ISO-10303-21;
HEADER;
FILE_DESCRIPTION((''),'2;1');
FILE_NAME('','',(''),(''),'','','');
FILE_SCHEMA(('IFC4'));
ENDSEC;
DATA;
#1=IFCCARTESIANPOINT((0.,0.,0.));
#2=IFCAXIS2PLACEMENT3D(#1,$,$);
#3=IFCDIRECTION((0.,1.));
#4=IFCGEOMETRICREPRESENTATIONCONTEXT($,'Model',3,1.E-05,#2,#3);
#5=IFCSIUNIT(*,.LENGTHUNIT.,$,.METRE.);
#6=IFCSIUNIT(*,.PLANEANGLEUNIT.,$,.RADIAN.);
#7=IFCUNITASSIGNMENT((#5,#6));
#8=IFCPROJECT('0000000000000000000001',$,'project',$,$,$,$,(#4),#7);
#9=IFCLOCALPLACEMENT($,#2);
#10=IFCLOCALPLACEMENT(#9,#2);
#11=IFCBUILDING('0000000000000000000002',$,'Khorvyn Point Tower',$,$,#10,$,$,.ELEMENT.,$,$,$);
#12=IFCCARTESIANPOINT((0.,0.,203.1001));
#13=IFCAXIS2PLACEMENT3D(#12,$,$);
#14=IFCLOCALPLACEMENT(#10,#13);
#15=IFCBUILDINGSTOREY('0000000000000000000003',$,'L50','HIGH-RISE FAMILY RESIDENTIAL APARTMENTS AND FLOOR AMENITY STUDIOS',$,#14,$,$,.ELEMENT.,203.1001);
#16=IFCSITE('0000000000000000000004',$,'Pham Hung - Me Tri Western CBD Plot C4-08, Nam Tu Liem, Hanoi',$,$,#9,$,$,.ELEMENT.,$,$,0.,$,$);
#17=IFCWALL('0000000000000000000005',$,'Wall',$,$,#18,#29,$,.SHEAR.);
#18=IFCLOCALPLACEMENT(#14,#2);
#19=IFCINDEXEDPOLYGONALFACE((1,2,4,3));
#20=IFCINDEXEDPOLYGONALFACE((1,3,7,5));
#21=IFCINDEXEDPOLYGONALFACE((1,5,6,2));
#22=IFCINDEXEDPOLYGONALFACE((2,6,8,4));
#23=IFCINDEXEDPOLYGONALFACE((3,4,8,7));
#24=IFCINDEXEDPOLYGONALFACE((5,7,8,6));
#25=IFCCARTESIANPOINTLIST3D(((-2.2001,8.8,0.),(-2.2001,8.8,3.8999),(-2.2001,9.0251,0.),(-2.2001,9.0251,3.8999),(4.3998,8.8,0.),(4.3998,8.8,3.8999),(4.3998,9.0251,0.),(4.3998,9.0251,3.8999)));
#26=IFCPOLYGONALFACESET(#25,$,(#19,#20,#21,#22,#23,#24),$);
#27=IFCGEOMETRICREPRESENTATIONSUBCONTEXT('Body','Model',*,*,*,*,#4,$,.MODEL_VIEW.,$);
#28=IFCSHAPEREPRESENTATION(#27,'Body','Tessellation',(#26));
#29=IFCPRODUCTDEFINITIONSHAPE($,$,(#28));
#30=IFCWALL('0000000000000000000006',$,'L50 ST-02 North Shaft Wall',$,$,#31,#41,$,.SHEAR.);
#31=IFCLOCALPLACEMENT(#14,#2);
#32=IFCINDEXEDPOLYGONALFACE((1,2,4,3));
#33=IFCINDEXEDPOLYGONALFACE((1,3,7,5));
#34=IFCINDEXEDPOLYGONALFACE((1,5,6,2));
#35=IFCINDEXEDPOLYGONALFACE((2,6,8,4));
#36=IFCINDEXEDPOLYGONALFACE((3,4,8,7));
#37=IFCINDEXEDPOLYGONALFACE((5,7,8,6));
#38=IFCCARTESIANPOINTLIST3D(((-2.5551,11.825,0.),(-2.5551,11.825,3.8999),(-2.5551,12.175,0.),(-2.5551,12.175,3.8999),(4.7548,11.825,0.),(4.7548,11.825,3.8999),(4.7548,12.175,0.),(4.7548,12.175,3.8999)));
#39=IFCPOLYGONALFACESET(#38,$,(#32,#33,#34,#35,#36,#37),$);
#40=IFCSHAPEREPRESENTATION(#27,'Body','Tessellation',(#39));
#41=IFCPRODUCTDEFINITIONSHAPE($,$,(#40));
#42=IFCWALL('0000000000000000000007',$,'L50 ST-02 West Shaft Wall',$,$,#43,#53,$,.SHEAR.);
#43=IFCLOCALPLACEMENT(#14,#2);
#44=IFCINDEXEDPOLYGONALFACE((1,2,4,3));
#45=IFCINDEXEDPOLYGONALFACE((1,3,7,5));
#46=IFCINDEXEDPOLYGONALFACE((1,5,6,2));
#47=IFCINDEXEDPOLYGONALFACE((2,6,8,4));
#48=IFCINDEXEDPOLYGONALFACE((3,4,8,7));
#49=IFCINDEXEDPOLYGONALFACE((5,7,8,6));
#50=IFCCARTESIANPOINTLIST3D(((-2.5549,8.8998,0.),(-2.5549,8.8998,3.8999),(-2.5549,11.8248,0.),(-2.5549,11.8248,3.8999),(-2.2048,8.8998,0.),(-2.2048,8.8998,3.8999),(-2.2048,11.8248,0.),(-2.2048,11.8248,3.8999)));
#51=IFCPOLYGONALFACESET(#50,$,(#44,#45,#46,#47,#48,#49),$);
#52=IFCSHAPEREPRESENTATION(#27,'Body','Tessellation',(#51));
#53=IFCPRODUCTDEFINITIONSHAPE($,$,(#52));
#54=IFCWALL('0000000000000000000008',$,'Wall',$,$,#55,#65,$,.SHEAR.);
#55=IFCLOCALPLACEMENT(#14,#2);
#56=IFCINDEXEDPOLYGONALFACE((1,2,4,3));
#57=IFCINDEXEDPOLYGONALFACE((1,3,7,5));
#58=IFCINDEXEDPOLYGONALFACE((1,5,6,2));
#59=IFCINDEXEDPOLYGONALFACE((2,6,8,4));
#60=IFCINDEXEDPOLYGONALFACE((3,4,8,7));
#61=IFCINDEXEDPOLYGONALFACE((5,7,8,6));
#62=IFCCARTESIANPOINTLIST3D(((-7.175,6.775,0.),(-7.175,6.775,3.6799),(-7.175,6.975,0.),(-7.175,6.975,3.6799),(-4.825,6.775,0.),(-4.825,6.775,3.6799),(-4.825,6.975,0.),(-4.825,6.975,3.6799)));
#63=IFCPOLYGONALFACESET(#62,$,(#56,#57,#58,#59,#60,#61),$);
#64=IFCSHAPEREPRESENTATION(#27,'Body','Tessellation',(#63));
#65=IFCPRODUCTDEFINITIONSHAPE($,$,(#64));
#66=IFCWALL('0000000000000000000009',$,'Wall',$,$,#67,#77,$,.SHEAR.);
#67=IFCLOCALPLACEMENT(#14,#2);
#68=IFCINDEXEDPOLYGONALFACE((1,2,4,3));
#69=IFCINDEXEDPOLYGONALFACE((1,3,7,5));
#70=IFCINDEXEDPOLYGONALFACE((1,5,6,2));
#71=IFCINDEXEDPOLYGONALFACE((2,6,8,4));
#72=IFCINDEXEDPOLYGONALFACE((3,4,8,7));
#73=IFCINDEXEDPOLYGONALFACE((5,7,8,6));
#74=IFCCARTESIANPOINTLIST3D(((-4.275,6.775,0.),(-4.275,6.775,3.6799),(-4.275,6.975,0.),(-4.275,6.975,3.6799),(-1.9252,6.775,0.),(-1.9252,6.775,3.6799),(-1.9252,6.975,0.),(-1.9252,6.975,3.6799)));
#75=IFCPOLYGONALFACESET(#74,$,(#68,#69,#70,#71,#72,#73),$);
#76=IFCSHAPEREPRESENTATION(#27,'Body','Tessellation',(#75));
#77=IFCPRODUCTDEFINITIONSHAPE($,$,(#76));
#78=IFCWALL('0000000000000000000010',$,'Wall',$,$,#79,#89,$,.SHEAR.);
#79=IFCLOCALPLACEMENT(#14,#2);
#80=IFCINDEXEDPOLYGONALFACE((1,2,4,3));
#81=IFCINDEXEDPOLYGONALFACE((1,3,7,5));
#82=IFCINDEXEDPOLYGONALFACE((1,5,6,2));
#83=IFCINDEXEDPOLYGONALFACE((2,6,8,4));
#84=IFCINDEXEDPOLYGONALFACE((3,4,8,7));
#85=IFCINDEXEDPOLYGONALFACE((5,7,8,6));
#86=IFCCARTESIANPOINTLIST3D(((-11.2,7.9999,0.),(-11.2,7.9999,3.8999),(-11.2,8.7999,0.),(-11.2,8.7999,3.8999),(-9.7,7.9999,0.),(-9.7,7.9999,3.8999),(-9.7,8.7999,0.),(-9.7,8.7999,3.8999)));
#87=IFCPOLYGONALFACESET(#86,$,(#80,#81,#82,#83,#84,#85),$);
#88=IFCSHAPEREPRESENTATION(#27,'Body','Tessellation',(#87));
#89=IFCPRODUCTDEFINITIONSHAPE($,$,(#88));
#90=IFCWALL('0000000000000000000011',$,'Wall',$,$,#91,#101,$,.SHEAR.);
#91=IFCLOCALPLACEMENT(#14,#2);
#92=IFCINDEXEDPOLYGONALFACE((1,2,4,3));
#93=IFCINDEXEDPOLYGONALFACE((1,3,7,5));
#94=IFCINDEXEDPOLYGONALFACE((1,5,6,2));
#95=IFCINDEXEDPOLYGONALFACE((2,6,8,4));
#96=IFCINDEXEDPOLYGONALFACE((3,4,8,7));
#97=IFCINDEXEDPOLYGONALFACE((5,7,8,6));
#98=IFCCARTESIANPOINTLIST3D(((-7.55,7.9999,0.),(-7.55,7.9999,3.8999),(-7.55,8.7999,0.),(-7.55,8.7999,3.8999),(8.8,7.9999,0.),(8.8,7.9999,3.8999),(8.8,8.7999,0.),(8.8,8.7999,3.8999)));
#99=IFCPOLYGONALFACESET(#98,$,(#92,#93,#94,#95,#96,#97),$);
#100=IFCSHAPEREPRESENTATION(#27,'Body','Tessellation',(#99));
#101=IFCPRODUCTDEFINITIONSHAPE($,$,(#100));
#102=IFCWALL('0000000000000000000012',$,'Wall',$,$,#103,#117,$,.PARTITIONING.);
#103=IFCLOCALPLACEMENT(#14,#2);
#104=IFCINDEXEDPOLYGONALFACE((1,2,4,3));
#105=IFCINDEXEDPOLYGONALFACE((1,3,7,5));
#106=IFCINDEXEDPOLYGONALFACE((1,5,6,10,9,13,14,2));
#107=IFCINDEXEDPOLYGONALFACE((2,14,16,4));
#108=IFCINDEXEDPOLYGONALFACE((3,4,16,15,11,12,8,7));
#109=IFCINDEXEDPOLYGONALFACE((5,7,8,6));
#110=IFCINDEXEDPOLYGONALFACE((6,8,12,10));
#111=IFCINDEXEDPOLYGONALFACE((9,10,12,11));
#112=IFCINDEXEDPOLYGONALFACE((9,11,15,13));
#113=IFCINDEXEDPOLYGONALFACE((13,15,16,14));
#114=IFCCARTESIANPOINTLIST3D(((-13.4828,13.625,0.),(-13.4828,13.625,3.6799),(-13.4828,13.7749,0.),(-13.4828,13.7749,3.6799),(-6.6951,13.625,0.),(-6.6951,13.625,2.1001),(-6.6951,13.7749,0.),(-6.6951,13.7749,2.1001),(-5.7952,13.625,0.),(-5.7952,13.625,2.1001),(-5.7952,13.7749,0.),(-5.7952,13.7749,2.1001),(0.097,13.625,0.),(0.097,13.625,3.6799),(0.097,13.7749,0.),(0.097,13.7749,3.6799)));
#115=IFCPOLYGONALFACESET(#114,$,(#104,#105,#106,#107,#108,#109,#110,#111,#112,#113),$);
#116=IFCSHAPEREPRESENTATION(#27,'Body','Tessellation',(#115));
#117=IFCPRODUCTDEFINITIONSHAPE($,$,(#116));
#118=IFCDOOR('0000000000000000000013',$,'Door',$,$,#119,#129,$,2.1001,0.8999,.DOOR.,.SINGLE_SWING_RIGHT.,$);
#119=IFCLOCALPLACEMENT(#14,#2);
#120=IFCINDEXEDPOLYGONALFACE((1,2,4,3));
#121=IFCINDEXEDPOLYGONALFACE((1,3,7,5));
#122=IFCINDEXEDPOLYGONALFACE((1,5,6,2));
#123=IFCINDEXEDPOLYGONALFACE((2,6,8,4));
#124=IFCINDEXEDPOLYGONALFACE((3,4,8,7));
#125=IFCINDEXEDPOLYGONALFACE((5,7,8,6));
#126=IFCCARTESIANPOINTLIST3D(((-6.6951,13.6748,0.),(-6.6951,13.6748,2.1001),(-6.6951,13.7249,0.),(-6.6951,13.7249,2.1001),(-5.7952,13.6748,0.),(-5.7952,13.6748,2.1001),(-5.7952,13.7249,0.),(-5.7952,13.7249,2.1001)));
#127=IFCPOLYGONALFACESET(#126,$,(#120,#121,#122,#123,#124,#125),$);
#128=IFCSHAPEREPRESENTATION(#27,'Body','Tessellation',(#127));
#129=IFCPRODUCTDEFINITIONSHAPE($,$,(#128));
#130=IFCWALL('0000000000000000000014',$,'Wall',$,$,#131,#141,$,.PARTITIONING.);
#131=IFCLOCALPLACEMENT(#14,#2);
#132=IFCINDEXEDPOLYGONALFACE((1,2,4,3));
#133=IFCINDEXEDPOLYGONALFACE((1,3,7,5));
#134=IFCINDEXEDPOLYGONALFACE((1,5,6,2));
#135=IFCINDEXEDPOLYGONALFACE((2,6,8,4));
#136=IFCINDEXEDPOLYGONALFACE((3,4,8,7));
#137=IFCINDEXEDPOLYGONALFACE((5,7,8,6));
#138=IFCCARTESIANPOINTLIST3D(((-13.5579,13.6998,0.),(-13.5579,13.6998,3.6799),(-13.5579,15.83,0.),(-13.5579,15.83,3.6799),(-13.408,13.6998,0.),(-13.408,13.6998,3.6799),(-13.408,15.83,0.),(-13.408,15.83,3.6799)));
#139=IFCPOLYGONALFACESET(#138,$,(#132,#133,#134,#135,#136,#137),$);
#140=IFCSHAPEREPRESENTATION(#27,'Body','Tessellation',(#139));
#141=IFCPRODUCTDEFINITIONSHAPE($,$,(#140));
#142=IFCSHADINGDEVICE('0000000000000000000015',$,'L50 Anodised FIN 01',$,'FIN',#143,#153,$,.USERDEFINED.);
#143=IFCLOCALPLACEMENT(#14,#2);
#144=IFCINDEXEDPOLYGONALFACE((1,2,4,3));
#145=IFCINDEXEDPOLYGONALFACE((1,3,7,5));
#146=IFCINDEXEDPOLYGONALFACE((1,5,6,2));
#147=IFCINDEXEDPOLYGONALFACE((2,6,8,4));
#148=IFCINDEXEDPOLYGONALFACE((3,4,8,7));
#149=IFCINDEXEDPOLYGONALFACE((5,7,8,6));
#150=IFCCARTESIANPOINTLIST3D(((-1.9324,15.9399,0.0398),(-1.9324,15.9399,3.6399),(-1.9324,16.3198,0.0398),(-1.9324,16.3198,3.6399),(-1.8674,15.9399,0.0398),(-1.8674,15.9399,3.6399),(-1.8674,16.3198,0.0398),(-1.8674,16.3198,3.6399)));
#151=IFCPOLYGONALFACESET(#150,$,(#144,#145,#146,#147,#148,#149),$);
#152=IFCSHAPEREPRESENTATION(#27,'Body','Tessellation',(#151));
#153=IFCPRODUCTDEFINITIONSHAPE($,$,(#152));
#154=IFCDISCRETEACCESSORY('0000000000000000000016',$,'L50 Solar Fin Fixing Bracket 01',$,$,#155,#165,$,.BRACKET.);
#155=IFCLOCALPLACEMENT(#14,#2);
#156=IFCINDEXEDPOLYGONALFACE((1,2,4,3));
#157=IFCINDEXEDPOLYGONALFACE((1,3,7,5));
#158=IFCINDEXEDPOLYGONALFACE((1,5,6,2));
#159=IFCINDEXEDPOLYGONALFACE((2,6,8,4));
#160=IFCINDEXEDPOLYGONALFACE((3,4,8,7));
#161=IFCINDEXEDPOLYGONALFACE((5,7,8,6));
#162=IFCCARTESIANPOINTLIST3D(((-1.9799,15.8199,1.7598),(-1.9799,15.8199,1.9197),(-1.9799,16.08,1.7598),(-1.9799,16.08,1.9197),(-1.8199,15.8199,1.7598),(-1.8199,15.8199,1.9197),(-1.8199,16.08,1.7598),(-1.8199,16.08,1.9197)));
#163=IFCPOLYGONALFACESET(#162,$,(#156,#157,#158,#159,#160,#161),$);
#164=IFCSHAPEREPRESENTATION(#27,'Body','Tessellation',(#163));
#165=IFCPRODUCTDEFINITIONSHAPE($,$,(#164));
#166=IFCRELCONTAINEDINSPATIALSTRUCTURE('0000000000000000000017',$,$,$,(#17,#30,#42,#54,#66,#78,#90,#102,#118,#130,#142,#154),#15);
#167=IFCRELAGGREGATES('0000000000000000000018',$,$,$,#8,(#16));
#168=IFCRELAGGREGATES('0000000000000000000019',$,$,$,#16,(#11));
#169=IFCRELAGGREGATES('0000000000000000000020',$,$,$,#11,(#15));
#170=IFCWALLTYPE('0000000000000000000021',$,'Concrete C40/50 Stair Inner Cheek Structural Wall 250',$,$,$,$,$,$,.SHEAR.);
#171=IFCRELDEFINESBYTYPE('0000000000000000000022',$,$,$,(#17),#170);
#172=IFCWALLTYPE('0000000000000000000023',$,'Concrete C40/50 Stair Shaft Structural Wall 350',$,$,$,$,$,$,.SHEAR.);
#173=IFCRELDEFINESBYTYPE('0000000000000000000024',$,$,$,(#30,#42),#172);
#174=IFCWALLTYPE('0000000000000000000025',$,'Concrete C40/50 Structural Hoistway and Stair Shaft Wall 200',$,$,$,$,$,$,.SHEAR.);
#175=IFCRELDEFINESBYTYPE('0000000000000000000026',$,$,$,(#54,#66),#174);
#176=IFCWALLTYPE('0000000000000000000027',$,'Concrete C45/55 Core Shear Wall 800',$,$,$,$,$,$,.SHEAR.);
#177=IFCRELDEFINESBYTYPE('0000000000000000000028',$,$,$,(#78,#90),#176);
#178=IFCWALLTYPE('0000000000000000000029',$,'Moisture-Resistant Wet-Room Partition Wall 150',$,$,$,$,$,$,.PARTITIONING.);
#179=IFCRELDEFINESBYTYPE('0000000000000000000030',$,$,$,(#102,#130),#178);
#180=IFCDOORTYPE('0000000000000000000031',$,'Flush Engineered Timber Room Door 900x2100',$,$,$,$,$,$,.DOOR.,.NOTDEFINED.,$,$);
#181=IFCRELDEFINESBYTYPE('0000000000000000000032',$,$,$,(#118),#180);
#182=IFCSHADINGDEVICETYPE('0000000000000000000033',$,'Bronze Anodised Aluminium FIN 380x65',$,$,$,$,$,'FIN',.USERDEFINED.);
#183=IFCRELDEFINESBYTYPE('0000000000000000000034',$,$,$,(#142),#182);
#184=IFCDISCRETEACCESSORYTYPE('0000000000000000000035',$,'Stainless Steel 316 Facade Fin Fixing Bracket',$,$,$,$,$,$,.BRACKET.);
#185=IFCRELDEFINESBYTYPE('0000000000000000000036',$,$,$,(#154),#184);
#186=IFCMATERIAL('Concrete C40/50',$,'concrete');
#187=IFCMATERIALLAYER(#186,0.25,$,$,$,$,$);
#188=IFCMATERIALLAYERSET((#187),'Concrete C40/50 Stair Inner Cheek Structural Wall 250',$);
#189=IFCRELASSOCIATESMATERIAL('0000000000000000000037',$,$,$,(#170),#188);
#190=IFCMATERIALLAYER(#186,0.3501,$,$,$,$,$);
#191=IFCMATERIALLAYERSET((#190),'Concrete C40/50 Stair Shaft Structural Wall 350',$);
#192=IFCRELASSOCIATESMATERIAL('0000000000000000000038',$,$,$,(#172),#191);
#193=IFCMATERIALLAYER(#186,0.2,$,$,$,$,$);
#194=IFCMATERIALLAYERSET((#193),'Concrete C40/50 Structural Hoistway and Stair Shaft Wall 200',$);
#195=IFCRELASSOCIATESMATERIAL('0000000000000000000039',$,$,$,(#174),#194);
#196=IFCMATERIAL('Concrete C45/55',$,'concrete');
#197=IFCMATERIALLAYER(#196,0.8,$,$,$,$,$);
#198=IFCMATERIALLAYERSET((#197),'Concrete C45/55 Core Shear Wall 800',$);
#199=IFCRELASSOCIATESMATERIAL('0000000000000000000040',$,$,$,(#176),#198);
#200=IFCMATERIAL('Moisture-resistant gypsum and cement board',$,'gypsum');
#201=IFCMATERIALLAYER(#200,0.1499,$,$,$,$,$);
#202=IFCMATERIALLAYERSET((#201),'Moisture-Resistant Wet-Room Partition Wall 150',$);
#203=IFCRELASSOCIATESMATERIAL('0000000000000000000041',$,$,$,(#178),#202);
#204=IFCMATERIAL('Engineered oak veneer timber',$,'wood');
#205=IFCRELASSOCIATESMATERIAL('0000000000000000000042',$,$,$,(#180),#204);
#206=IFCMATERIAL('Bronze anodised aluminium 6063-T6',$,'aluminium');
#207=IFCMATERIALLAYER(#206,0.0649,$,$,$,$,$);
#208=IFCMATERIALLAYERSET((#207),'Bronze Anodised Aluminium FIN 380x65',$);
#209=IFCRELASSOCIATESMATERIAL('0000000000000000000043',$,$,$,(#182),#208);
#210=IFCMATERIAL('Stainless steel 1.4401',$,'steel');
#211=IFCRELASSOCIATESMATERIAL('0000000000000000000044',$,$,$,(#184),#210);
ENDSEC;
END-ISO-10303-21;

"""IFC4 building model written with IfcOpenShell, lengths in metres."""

from ifc_helpers import new_model, si_unit, direction, frame, frame_2d, origin, origin_2d, place, context, subcontext, project, spatial, rectangle, extrude, material, layer, layer_set, type_object, element, fill, save


model = new_model("IFC4")

# Units and contexts
model_context = context("Model", 3, precision=1e-05, world=origin(), true_north=direction((0.0, 1.0)))
body_context = subcontext(model_context, "Body", "Model", "MODEL_VIEW")
ifc_project = project(units=[si_unit("LENGTHUNIT", "METRE"), si_unit("PLANEANGLEUNIT", "RADIAN")], contexts=[model_context])

# Site, building, storey
site_placement = place(None, origin())
site = spatial("IfcSite", under=ifc_project, at=site_placement, Name="Pham Hung - Me Tri Western CBD Plot C4-08, Nam Tu Liem, Hanoi", CompositionType="ELEMENT", RefElevation=0.0)
building_placement = place(site_placement, origin())
building = spatial("IfcBuilding", under=site, at=building_placement, Name="Khorvyn Point Tower", CompositionType="ELEMENT")
storey_placement = place(building_placement, frame((0.0, 0.0, 203.1001)))
storey = spatial("IfcBuildingStorey", under=building, at=storey_placement, Name="L50", Description="HIGH-RISE FAMILY RESIDENTIAL APARTMENTS AND FLOOR AMENITY STUDIOS", CompositionType="ELEMENT", Elevation=203.1001)

# Shared definitions
ifc_material_1 = material(Name="Concrete C45/55", Category="concrete")

# Shared definitions
ifc_material_2 = material(Name="Concrete C40/50", Category="concrete")

# Walls
ifc_layer_1 = layer(ifc_material_2, 0.25)
ifc_layer_set_1 = layer_set([ifc_layer_1], Name="Concrete C40/50 Stair Inner Cheek Structural Wall 250")
wall_type_1 = type_object("IfcWallType", Name="Concrete C40/50 Stair Inner Cheek Structural Wall 250", PredefinedType="SHEAR", material=ifc_layer_set_1)
wall_1_placement = place(storey_placement, frame((-2.2, 8.9126, 0.0), z_axis=(0.0, 0.0, 1.0), x_axis=(1.0, 0.0, 0.0)))
element("IfcWall", 1, at=wall_1_placement, inside=storey, type_object=wall_type_1, Name="Wall", PredefinedType="SHEAR", context=body_context, shape_type="SweptSolid", body=[
    extrude(rectangle(XDim=6.5999, YDim=0.2251, at=frame_2d((3.2998, 0.0))), origin(), (0.0, 0.0, 1.0), 3.8999),
])
ifc_layer_2 = layer(ifc_material_2, 0.3501)
ifc_layer_set_2 = layer_set([ifc_layer_2], Name="Concrete C40/50 Stair Shaft Structural Wall 350")
wall_type_2 = type_object("IfcWallType", Name="Concrete C40/50 Stair Shaft Structural Wall 350", PredefinedType="SHEAR", material=ifc_layer_set_2)
wall_2_placement = place(storey_placement, frame((-2.5549, 12.0, 0.0), z_axis=(0.0, 0.0, 1.0), x_axis=(1.0, 0.0, 0.0)))
element("IfcWall", 2, at=wall_2_placement, inside=storey, type_object=wall_type_2, Name="L50 ST-02 North Shaft Wall", PredefinedType="SHEAR", context=body_context, shape_type="SweptSolid", body=[
    extrude(rectangle(XDim=7.3098, YDim=0.3501, at=frame_2d((3.6548, 0.0))), origin(), (0.0, 0.0, 1.0), 3.8999),
])
wall_3_placement = place(storey_placement, frame((-2.3799, 8.8999, 0.0), z_axis=(0.0, 0.0, 1.0), x_axis=(0.0, 1.0, 0.0)))
element("IfcWall", 3, at=wall_3_placement, inside=storey, type_object=wall_type_2, Name="L50 ST-02 West Shaft Wall", PredefinedType="SHEAR", context=body_context, shape_type="SweptSolid", body=[
    extrude(rectangle(XDim=2.925, YDim=0.3501, at=frame_2d((1.4624, 0.0))), origin(), (0.0, 0.0, 1.0), 3.8999),
])
ifc_layer_3 = layer(ifc_material_2, 0.2)
ifc_layer_set_3 = layer_set([ifc_layer_3], Name="Concrete C40/50 Structural Hoistway and Stair Shaft Wall 200")
wall_type_3 = type_object("IfcWallType", Name="Concrete C40/50 Structural Hoistway and Stair Shaft Wall 200", PredefinedType="SHEAR", material=ifc_layer_set_3)
wall_4_placement = place(storey_placement, frame((-7.175, 6.875, 0.0), z_axis=(0.0, 0.0, 1.0), x_axis=(1.0, 0.0, 0.0)))
element("IfcWall", 4, at=wall_4_placement, inside=storey, type_object=wall_type_3, Name="Wall", PredefinedType="SHEAR", context=body_context, shape_type="SweptSolid", body=[
    extrude(rectangle(XDim=2.3501, YDim=0.2, at=frame_2d((1.175, 0.0))), origin(), (0.0, 0.0, 1.0), 3.6799),
])
wall_5_placement = place(storey_placement, frame((-4.2749, 6.875, 0.0), z_axis=(0.0, 0.0, 1.0), x_axis=(1.0, 0.0, 0.0)))
element("IfcWall", 5, at=wall_5_placement, inside=storey, type_object=wall_type_3, Name="Wall", PredefinedType="SHEAR", context=body_context, shape_type="SweptSolid", body=[
    extrude(rectangle(XDim=2.3499, YDim=0.2, at=frame_2d((1.1748, 0.0))), origin(), (0.0, 0.0, 1.0), 3.6799),
])
ifc_layer_4 = layer(ifc_material_1, 0.8)
ifc_layer_set_4 = layer_set([ifc_layer_4], Name="Concrete C45/55 Core Shear Wall 800")
wall_type_4 = type_object("IfcWallType", Name="Concrete C45/55 Core Shear Wall 800", PredefinedType="SHEAR", material=ifc_layer_set_4)
wall_6_placement = place(storey_placement, frame((-11.2, 8.3999, 0.0), z_axis=(0.0, 0.0, 1.0), x_axis=(1.0, 0.0, 0.0)))
element("IfcWall", 6, at=wall_6_placement, inside=storey, type_object=wall_type_4, Name="Wall", PredefinedType="SHEAR", context=body_context, shape_type="SweptSolid", body=[
    extrude(rectangle(XDim=1.5, YDim=0.8, at=frame_2d((0.75, 0.0))), origin(), (0.0, 0.0, 1.0), 3.8999),
])
wall_7_placement = place(storey_placement, frame((-7.55, 8.3999, 0.0), z_axis=(0.0, 0.0, 1.0), x_axis=(1.0, 0.0, 0.0)))
element("IfcWall", 7, at=wall_7_placement, inside=storey, type_object=wall_type_4, Name="Wall", PredefinedType="SHEAR", context=body_context, shape_type="SweptSolid", body=[
    extrude(rectangle(XDim=16.3501, YDim=0.8, at=frame_2d((8.175, 0.0))), origin(), (0.0, 0.0, 1.0), 3.8999),
])

# Wall, opening, door
ifc_material_3 = material(Name="Moisture-resistant gypsum and cement board", Category="gypsum")
ifc_layer_5 = layer(ifc_material_3, 0.1499)
ifc_layer_set_5 = layer_set([ifc_layer_5], Name="Moisture-Resistant Wet-Room Partition Wall 150")
wall_type_5 = type_object("IfcWallType", Name="Moisture-Resistant Wet-Room Partition Wall 150", PredefinedType="PARTITIONING", material=ifc_layer_set_5)
wall_8_placement = place(storey_placement, frame((-13.4829, 13.7, 0.0), z_axis=(0.0, 0.0, 1.0), x_axis=(1.0, 0.0, 0.0)))
wall_8 = element("IfcWall", 8, at=wall_8_placement, inside=storey, type_object=wall_type_5, Name="Wall", PredefinedType="PARTITIONING", context=body_context, shape_type="SweptSolid", body=[
    extrude(rectangle(XDim=13.5798, YDim=0.1499, at=frame_2d((6.79, 0.0))), origin(), (0.0, 0.0, 1.0), 3.6799),
])
opening_1_placement = place(wall_8_placement, frame((6.7878, 0.0, 0.0)))
opening_1 = element("IfcOpeningElement", 9, at=opening_1_placement, cuts=wall_8, PredefinedType="OPENING", context=body_context, shape_type="SweptSolid", body=[
    extrude(rectangle(XDim=0.8999, YDim=2.1001, at=frame_2d((0.45, 1.05))), frame((0.0, 0.085, 0.0), z_axis=(0.0, -1.0, 0.0), x_axis=(1.0, 0.0, 0.0)), (0.0, 0.0, 1.0), 0.1699),
])
ifc_material_4 = material(Name="Engineered oak veneer timber", Category="wood")
door_type_1 = type_object("IfcDoorType", Name="Flush Engineered Timber Room Door 900x2100", OperationType="NOTDEFINED", PredefinedType="DOOR", material=ifc_material_4)
door_1_placement = place(opening_1_placement, origin())
door_1 = element("IfcDoor", 10, at=door_1_placement, inside=storey, type_object=door_type_1, Name="Door", OperationType="SINGLE_SWING_RIGHT", OverallHeight=2.1001, OverallWidth=0.8999, PredefinedType="DOOR", context=body_context, shape_type="SweptSolid", body=[
    extrude(rectangle(XDim=0.8999, YDim=2.1001, at=frame_2d((0.45, 1.05))), frame((0.0, 0.0249, 0.0), z_axis=(0.0, -1.0, 0.0), x_axis=(1.0, 0.0, 0.0)), (0.0, 0.0, 1.0), 0.05),
])
fill(opening_1, door_1)

# Wall
wall_9_placement = place(storey_placement, frame((-13.4829, 13.7, 0.0), z_axis=(0.0, 0.0, 1.0), x_axis=(0.0, 1.0, 0.0)))
element("IfcWall", 11, at=wall_9_placement, inside=storey, type_object=wall_type_5, Name="Wall", PredefinedType="PARTITIONING", context=body_context, shape_type="SweptSolid", body=[
    extrude(rectangle(XDim=2.1301, YDim=0.1499, at=frame_2d((1.0649, 0.0))), origin(), (0.0, 0.0, 1.0), 3.6799),
])

# Shading device
ifc_material_5 = material(Name="Bronze anodised aluminium 6063-T6", Category="aluminium")
ifc_layer_6 = layer(ifc_material_5, 0.0649)
ifc_layer_set_6 = layer_set([ifc_layer_6], Name="Bronze Anodised Aluminium FIN 380x65")
shading_device_type = type_object("IfcShadingDeviceType", Name="Bronze Anodised Aluminium FIN 380x65", ElementType="FIN", PredefinedType="USERDEFINED", material=ifc_layer_set_6)
shading_device_placement = place(storey_placement, frame((-1.8999, 16.1299, 0.0398), z_axis=(0.0, 0.0, 1.0), x_axis=(0.0, 1.0, 0.0)))
element("IfcShadingDevice", 12, at=shading_device_placement, inside=storey, type_object=shading_device_type, Name="L50 Anodised FIN 01", ObjectType="FIN", PredefinedType="USERDEFINED", context=body_context, shape_type="SweptSolid", body=[
    extrude(rectangle(XDim=0.3799, YDim=0.0649, at=origin_2d()), origin(), (0.0, 0.0, 1.0), 3.6001),
])

# Discrete accessory
ifc_material_6 = material(Name="Stainless steel 1.4401", Category="steel")
discrete_accessory_type = type_object("IfcDiscreteAccessoryType", Name="Stainless Steel 316 Facade Fin Fixing Bracket", PredefinedType="BRACKET", material=ifc_material_6)
discrete_accessory_placement = place(storey_placement, frame((-1.8999, 15.95, 1.7598), z_axis=(0.0, 0.0, 1.0), x_axis=(1.0, 0.0, 0.0)))
element("IfcDiscreteAccessory", 13, at=discrete_accessory_placement, inside=storey, type_object=discrete_accessory_type, Name="L50 Solar Fin Fixing Bracket 01", PredefinedType="BRACKET", context=body_context, shape_type="SweptSolid", body=[
    extrude(rectangle(XDim=0.1599, YDim=0.26, at=origin_2d()), origin(), (0.0, 0.0, 1.0), 0.1599),
])

save(model, "model.ifc")
